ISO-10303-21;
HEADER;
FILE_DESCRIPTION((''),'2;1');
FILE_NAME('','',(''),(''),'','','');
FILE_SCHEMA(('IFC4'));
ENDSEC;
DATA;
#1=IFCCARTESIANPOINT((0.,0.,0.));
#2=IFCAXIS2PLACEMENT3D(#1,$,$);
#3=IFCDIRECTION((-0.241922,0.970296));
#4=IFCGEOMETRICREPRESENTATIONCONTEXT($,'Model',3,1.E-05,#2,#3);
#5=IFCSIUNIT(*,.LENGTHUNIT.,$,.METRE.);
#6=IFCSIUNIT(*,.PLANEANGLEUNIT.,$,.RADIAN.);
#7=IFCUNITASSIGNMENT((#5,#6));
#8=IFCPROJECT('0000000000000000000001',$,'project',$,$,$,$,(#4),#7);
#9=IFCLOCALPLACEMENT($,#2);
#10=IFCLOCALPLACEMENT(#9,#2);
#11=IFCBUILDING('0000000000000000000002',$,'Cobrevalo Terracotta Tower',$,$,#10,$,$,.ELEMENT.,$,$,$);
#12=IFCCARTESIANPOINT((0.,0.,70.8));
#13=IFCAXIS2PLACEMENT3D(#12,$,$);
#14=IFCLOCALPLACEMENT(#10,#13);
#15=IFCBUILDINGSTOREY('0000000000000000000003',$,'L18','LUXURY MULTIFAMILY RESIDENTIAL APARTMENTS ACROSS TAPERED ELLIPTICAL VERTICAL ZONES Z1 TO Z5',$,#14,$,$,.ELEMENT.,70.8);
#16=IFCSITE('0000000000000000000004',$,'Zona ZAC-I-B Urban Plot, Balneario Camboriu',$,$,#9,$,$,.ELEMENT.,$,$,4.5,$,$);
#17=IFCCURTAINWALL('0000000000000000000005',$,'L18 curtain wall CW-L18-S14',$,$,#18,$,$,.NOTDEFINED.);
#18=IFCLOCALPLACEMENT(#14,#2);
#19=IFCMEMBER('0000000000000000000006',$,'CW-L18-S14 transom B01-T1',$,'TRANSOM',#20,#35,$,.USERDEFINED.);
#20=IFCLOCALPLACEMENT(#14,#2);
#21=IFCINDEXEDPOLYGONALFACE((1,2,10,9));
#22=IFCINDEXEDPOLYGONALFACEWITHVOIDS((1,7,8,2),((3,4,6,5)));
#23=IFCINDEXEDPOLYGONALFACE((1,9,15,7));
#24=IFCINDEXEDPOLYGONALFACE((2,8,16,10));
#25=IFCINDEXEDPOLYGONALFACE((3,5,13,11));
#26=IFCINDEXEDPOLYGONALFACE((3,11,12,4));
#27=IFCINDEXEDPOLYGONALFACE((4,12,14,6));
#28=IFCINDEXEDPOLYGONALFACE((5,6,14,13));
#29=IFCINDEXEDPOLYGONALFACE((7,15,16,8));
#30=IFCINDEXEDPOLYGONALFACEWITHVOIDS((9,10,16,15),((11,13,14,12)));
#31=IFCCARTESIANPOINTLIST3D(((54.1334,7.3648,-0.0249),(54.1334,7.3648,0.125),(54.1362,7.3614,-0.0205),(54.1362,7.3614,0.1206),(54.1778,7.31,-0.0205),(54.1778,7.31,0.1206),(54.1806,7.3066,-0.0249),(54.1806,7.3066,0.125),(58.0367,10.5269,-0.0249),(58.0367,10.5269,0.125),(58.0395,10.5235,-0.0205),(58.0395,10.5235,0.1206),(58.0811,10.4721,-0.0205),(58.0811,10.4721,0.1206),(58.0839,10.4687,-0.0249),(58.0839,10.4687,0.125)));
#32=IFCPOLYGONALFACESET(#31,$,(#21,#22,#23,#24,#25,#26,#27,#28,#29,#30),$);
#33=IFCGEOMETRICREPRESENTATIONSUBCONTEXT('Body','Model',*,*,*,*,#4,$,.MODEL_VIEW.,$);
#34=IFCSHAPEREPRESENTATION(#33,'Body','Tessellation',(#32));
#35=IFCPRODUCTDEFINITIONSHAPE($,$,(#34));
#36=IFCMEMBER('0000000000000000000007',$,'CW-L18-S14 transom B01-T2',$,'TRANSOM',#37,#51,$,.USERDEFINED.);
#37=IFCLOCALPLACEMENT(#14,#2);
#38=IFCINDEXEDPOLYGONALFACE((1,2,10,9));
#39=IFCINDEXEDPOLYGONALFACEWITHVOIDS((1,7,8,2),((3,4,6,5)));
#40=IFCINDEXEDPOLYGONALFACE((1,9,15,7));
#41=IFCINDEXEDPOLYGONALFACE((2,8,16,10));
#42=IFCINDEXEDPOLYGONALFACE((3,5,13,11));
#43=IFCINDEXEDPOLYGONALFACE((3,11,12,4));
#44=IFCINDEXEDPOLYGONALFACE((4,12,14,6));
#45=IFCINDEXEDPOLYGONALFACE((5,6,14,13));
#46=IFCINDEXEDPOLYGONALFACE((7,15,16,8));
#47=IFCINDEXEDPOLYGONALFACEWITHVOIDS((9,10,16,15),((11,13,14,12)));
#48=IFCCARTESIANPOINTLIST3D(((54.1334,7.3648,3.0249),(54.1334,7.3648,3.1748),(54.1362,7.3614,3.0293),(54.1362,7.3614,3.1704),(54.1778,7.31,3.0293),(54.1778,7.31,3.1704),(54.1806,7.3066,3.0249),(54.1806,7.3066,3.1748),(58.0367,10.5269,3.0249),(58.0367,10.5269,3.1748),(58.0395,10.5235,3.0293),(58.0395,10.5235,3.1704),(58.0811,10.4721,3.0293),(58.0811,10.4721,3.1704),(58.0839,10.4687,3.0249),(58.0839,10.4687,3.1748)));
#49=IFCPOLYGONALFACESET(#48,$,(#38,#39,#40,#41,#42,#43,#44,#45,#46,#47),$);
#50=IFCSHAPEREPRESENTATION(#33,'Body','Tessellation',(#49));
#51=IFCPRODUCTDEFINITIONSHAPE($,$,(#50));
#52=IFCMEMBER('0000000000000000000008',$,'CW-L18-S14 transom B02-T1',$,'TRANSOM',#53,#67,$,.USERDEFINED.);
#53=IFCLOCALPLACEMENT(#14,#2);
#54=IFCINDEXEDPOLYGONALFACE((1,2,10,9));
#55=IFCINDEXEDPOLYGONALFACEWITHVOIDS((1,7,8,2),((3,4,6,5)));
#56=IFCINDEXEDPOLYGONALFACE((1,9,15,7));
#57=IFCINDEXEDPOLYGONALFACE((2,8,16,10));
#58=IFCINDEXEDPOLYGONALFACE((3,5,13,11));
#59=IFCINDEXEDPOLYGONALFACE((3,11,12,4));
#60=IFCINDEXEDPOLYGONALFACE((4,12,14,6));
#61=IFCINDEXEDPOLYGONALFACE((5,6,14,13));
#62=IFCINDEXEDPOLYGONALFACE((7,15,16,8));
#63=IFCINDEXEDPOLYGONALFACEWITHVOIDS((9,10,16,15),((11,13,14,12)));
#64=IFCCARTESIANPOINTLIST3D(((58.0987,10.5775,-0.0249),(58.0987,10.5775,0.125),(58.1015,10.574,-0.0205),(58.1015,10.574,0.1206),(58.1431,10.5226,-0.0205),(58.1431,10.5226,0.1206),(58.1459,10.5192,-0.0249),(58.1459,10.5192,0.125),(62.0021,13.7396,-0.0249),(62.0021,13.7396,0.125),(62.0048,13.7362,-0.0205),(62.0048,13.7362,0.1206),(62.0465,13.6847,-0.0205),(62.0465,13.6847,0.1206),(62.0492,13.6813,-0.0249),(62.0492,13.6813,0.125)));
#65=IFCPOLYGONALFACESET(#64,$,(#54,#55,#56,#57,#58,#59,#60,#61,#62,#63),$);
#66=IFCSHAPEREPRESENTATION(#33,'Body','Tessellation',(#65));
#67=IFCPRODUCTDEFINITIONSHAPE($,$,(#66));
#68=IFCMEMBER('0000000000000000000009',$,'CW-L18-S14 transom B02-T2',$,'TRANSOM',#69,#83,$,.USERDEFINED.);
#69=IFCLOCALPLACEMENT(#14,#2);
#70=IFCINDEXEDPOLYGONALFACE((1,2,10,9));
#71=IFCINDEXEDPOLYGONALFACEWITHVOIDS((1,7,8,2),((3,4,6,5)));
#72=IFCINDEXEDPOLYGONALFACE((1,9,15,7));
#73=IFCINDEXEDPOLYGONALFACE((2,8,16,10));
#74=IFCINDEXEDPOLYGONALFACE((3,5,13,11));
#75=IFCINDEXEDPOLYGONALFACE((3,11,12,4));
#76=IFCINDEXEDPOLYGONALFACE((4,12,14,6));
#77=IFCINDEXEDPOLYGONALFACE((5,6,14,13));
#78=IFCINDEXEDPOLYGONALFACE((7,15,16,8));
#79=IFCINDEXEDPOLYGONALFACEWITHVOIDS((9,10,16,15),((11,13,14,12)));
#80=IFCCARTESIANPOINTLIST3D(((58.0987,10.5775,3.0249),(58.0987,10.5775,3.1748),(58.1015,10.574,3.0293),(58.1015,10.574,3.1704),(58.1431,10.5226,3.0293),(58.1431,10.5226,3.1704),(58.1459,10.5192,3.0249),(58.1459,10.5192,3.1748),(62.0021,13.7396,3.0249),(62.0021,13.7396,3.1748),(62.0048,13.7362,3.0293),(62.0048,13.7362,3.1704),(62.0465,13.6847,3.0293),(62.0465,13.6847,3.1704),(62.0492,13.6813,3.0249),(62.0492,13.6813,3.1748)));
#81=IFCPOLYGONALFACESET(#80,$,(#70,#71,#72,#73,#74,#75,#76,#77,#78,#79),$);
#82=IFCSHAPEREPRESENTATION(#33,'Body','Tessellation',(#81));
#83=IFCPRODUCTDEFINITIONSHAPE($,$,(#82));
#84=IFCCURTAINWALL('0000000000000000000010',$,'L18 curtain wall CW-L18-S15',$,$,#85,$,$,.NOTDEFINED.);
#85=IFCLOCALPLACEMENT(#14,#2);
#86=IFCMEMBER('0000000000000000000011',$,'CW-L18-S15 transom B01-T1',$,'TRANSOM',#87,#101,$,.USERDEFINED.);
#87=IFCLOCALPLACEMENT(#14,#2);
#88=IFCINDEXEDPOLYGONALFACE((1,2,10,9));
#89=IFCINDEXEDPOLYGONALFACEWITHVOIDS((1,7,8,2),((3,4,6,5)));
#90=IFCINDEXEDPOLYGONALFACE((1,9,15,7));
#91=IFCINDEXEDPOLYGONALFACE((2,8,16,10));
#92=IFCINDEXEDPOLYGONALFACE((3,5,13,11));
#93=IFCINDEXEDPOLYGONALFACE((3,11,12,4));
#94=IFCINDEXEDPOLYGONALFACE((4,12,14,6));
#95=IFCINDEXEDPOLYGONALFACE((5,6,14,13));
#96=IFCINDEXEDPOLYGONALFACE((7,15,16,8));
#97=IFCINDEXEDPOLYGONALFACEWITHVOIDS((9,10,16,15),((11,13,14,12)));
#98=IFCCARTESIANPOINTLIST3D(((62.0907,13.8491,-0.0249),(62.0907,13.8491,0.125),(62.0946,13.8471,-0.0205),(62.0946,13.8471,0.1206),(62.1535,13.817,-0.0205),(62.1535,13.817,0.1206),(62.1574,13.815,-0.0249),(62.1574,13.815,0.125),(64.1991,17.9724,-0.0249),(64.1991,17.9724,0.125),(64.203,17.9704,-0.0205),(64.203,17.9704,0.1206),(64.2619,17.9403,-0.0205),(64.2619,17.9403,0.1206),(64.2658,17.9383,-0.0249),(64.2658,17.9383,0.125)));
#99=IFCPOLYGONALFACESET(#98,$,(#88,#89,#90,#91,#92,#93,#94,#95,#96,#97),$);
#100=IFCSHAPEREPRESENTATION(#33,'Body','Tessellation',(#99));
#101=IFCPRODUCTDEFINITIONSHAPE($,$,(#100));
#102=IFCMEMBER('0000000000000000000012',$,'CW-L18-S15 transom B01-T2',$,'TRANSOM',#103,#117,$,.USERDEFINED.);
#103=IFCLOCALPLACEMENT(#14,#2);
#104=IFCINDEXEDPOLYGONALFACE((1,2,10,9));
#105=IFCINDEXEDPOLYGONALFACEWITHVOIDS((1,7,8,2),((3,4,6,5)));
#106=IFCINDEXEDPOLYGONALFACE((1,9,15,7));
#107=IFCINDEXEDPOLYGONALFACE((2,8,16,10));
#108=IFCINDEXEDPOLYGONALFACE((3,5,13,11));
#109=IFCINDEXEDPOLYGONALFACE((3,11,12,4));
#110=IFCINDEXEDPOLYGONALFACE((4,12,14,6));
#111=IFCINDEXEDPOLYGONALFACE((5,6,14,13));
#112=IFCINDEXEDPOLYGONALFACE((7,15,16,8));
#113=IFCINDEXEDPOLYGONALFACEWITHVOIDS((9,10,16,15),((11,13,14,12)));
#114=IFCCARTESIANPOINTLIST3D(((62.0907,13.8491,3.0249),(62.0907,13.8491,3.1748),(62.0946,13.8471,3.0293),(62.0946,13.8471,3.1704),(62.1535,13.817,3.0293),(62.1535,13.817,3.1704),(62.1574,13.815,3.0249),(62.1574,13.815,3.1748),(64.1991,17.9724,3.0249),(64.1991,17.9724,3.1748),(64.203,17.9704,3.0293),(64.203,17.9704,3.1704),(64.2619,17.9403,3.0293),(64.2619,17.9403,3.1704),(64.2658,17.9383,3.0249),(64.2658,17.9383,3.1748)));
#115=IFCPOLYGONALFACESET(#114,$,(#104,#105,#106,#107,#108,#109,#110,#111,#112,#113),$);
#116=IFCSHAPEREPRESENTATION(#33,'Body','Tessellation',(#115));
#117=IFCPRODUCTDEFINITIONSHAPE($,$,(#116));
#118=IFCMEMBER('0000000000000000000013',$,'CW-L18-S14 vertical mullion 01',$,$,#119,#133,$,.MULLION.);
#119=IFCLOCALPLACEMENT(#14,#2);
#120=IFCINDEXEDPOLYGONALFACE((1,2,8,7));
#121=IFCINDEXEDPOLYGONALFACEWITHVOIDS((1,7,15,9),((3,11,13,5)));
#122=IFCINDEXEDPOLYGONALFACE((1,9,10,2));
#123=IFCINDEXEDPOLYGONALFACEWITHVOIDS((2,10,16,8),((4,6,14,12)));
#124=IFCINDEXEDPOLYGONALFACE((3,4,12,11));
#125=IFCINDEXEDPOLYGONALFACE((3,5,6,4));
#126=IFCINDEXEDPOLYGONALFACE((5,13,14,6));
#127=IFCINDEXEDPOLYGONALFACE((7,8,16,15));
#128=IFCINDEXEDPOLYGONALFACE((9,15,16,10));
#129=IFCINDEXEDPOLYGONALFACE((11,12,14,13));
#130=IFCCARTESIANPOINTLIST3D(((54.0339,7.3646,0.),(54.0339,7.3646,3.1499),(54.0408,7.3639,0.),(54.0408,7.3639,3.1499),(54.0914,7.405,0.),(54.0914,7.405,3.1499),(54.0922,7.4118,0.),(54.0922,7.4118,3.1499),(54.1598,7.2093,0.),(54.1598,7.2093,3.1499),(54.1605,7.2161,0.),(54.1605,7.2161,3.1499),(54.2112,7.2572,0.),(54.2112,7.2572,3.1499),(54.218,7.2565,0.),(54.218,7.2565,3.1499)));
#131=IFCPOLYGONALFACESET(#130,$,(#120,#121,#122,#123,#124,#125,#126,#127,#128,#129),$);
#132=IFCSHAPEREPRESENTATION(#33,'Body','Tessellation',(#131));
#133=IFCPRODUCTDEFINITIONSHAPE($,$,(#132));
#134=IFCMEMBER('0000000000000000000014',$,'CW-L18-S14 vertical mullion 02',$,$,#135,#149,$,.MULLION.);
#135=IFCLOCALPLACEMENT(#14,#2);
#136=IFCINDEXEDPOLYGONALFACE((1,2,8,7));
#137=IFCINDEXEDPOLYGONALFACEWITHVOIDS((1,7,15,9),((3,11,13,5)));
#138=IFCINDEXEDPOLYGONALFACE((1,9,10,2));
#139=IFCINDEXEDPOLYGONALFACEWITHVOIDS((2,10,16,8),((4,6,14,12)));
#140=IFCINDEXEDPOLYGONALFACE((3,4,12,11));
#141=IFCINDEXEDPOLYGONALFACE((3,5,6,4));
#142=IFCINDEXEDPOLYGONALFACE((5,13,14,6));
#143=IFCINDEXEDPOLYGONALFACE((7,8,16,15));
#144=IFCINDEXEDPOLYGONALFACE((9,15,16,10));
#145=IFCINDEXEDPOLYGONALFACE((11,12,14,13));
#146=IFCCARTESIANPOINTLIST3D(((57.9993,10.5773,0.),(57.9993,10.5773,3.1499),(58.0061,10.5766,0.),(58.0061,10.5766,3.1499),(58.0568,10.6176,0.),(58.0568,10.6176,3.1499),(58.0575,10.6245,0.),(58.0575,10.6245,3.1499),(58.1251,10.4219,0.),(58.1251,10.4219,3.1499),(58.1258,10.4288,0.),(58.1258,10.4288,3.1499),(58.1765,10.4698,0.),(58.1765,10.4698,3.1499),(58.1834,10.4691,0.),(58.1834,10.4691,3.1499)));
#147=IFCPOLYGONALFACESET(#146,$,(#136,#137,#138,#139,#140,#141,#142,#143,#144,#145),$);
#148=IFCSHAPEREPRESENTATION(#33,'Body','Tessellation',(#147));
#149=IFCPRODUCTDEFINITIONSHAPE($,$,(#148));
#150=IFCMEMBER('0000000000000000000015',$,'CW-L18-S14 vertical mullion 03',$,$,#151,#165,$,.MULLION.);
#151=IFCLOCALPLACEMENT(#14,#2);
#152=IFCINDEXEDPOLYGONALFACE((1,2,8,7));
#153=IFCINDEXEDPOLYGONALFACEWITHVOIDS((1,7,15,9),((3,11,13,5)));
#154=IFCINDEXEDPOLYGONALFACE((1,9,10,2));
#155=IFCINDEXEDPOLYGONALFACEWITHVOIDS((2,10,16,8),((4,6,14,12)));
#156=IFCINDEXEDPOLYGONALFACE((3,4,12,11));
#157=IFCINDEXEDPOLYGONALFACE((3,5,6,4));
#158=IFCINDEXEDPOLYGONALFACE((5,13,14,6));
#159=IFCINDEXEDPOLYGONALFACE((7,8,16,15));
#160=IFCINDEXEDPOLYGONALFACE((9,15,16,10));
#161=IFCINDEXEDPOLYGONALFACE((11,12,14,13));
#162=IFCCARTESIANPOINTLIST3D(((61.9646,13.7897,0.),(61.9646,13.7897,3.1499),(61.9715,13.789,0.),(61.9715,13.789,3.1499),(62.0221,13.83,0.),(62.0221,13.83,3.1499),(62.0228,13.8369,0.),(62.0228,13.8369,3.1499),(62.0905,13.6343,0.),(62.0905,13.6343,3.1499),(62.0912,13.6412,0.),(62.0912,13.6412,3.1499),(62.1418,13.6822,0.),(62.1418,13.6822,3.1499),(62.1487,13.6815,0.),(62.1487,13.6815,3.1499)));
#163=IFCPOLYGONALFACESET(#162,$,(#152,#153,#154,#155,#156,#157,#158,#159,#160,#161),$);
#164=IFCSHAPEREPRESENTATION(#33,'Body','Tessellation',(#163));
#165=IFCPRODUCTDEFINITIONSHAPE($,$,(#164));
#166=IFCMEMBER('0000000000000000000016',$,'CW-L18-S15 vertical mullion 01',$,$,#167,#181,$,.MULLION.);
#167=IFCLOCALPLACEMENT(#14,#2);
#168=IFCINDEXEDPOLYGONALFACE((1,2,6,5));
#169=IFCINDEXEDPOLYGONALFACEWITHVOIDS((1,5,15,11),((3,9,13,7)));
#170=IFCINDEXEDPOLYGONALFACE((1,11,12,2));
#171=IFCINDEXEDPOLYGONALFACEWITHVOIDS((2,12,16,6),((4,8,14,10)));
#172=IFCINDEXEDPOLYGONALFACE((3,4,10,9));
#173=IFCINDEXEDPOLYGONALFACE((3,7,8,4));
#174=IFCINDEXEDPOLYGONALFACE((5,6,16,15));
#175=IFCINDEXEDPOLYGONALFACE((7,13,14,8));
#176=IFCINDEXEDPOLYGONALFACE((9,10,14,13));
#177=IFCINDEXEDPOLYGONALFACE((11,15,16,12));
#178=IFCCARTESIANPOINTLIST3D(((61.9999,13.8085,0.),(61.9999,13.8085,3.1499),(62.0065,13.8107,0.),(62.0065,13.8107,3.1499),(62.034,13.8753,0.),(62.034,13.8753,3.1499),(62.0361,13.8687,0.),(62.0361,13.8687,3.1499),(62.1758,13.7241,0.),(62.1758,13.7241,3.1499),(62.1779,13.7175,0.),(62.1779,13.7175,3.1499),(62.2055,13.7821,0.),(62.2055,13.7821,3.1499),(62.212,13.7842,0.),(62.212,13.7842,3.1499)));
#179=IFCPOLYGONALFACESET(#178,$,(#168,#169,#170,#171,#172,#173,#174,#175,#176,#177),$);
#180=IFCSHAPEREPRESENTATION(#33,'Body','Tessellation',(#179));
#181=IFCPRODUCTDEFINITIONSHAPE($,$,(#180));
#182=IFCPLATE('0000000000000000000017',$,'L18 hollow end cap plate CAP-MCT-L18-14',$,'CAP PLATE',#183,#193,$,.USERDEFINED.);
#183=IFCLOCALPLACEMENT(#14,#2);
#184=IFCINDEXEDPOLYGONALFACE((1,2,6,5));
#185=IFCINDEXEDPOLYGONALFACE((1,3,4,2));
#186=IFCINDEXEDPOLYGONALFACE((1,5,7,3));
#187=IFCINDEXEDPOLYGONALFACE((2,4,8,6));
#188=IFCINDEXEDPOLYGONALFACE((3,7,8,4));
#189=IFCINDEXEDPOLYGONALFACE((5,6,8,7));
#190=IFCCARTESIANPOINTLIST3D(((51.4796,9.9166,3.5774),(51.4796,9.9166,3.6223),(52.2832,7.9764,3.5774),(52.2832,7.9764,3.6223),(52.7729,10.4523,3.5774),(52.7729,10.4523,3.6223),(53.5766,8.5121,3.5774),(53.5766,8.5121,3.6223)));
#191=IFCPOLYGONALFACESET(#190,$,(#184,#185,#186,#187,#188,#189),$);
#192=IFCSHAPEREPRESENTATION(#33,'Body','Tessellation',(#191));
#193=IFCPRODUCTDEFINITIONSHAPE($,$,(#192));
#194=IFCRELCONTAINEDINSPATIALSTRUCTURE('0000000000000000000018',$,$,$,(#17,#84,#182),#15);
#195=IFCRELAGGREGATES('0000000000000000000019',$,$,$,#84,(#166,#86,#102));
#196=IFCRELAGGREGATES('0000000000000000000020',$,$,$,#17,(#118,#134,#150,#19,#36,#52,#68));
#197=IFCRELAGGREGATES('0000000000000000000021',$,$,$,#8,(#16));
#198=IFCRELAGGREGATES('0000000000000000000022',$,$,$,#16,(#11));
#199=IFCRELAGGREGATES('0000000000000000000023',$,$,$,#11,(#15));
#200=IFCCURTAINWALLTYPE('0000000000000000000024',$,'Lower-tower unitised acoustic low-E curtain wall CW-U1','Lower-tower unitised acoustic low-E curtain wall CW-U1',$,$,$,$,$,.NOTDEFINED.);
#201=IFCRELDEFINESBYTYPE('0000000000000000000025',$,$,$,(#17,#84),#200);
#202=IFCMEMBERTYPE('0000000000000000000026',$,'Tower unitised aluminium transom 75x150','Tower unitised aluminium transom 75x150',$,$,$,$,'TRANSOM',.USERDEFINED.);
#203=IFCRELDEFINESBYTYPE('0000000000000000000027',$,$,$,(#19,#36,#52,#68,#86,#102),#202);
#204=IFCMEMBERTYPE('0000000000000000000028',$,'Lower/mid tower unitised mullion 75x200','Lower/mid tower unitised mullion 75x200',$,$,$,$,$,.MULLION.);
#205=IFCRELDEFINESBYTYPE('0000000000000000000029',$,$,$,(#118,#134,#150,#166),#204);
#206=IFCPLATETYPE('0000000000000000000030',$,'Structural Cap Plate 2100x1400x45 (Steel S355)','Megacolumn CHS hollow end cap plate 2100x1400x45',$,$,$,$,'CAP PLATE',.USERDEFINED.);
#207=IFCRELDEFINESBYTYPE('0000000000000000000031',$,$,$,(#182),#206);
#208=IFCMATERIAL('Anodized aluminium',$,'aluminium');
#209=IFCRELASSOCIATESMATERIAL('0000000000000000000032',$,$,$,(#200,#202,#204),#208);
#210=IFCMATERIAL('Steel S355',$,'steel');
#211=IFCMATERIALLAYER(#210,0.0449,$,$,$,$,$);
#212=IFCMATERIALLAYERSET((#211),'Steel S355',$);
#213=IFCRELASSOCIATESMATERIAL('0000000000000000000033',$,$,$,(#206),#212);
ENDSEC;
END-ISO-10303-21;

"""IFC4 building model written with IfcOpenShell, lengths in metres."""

from ifc_helpers import new_model, si_unit, direction, frame, origin, origin_2d, place, context, subcontext, project, spatial, rectangle, hollow_rectangle, extrude, source, transform, mapped, material, layer, layer_set, material_profile, profile_set, type_object, element, aggregate, save


model = new_model("IFC4")

# Units and contexts
model_context = context("Model", 3, precision=1e-05, world=origin(), true_north=direction((-0.241922, 0.970296)))
body_context = subcontext(model_context, "Body", "Model", "MODEL_VIEW")
ifc_project = project(units=[si_unit("LENGTHUNIT", "METRE"), si_unit("PLANEANGLEUNIT", "RADIAN")], contexts=[model_context])

# Site, building, storey
site_placement = place(None, origin())
site = spatial("IfcSite", under=ifc_project, at=site_placement, Name="Zona ZAC-I-B Urban Plot, Balneario Camboriu", CompositionType="ELEMENT", RefElevation=4.5)
building_placement = place(site_placement, origin())
building = spatial("IfcBuilding", under=site, at=building_placement, Name="Cobrevalo Terracotta Tower", CompositionType="ELEMENT")
storey_placement = place(building_placement, frame((0.0, 0.0, 70.8)))
storey = spatial("IfcBuildingStorey", under=building, at=storey_placement, Name="L18", Description="LUXURY MULTIFAMILY RESIDENTIAL APARTMENTS ACROSS TAPERED ELLIPTICAL VERTICAL ZONES Z1 TO Z5", CompositionType="ELEMENT", Elevation=70.8)

# Shared definitions
ifc_material_1 = material(Name="Steel S355", Category="steel")

# Curtain walls, members
ifc_material_2 = material(Name="Anodized aluminium", Category="aluminium")
curtain_wall_type = type_object("IfcCurtainWallType", Name="Lower-tower unitised acoustic low-E curtain wall CW-U1", Description="Lower-tower unitised acoustic low-E curtain wall CW-U1", PredefinedType="NOTDEFINED", material=ifc_material_2)
curtain_wall_1_placement = place(storey_placement, origin())
curtain_wall_1 = element("IfcCurtainWall", 1, at=curtain_wall_1_placement, inside=storey, type_object=curtain_wall_type, Name="L18 curtain wall CW-L18-S14", PredefinedType="NOTDEFINED")
ifc_material_profile_1 = material_profile(ifc_material_2, hollow_rectangle(XDim=0.075, YDim=0.1499, WallThickness=0.0044, at=origin_2d()), Name="CWT 75x150")
ifc_profile_set_1 = profile_set([ifc_material_profile_1], Name="Anodized aluminium")
member_type_1 = type_object("IfcMemberType", Name="Tower unitised aluminium transom 75x150", Description="Tower unitised aluminium transom 75x150", ElementType="TRANSOM", PredefinedType="USERDEFINED", material=ifc_profile_set_1)
shared_shape_1 = source(origin(), body_context, "Body", "SweptSolid", [
    extrude(hollow_rectangle(XDim=0.075, YDim=0.1499, WallThickness=0.0044, at=origin_2d()), origin(), (0.0, 0.0, 1.0), 5.0234),
])
member_1_placement = place(storey_placement, frame((54.157, 7.3357, 0.05), z_axis=(0.777023, 0.629472, 0.0), x_axis=(-0.629472, 0.777023, 0.0)))
member_1 = element("IfcMember", 2, at=member_1_placement, type_object=member_type_1, Name="CW-L18-S14 transom B01-T1", ObjectType="TRANSOM", PredefinedType="USERDEFINED", context=body_context, shape_type="MappedRepresentation", body=[
    mapped(shared_shape_1, transform((0.0, 0.0, 0.0), scale=1.0)),
])
member_2_placement = place(storey_placement, frame((54.157, 7.3357, 3.0999), z_axis=(0.777023, 0.629472, 0.0), x_axis=(-0.629472, 0.777023, 0.0)))
member_2 = element("IfcMember", 3, at=member_2_placement, type_object=member_type_1, Name="CW-L18-S14 transom B01-T2", ObjectType="TRANSOM", PredefinedType="USERDEFINED", context=body_context, shape_type="MappedRepresentation", body=[
    mapped(shared_shape_1, transform((0.0, 0.0, 0.0), scale=1.0)),
])
member_3_placement = place(storey_placement, frame((58.1223, 10.5483, 0.05), z_axis=(0.777023, 0.629472, 0.0), x_axis=(-0.629472, 0.777023, 0.0)))
member_3 = element("IfcMember", 4, at=member_3_placement, type_object=member_type_1, Name="CW-L18-S14 transom B02-T1", ObjectType="TRANSOM", PredefinedType="USERDEFINED", context=body_context, shape_type="MappedRepresentation", body=[
    mapped(shared_shape_1, transform((0.0, 0.0, 0.0), scale=1.0)),
])
member_4_placement = place(storey_placement, frame((58.1223, 10.5483, 3.0999), z_axis=(0.777023, 0.629472, 0.0), x_axis=(-0.629472, 0.777023, 0.0)))
member_4 = element("IfcMember", 5, at=member_4_placement, type_object=member_type_1, Name="CW-L18-S14 transom B02-T2", ObjectType="TRANSOM", PredefinedType="USERDEFINED", context=body_context, shape_type="MappedRepresentation", body=[
    mapped(shared_shape_1, transform((0.0, 0.0, 0.0), scale=1.0)),
])
curtain_wall_2_placement = place(storey_placement, origin())
curtain_wall_2 = element("IfcCurtainWall", 6, at=curtain_wall_2_placement, inside=storey, type_object=curtain_wall_type, Name="L18 curtain wall CW-L18-S15", PredefinedType="NOTDEFINED")
shared_shape_2 = source(origin(), body_context, "Body", "SweptSolid", [
    extrude(hollow_rectangle(XDim=0.075, YDim=0.1499, WallThickness=0.0044, at=origin_2d()), origin(), (0.0, 0.0, 1.0), 4.6311),
])
member_5_placement = place(storey_placement, frame((62.124, 13.832, 0.05), z_axis=(0.455272, 0.890353, 0.0), x_axis=(-0.890353, 0.455272, 0.0)))
member_5 = element("IfcMember", 7, at=member_5_placement, type_object=member_type_1, Name="CW-L18-S15 transom B01-T1", ObjectType="TRANSOM", PredefinedType="USERDEFINED", context=body_context, shape_type="MappedRepresentation", body=[
    mapped(shared_shape_2, transform((0.0, 0.0, 0.0), scale=1.0)),
])
member_6_placement = place(storey_placement, frame((62.124, 13.832, 3.0999), z_axis=(0.455272, 0.890353, 0.0), x_axis=(-0.890353, 0.455272, 0.0)))
member_6 = element("IfcMember", 8, at=member_6_placement, type_object=member_type_1, Name="CW-L18-S15 transom B01-T2", ObjectType="TRANSOM", PredefinedType="USERDEFINED", context=body_context, shape_type="MappedRepresentation", body=[
    mapped(shared_shape_2, transform((0.0, 0.0, 0.0), scale=1.0)),
])

# Members
ifc_material_profile_2 = material_profile(ifc_material_2, hollow_rectangle(XDim=0.075, YDim=0.2, WallThickness=0.0049, at=origin_2d()), Name="CWM 75x200")
ifc_profile_set_2 = profile_set([ifc_material_profile_2], Name="Anodized aluminium")
member_type_2 = type_object("IfcMemberType", Name="Lower/mid tower unitised mullion 75x200", Description="Lower/mid tower unitised mullion 75x200", PredefinedType="MULLION", material=ifc_profile_set_2)
shared_shape_3 = source(origin(), body_context, "Body", "SweptSolid", [
    extrude(hollow_rectangle(XDim=0.075, YDim=0.2, WallThickness=0.0049, at=origin_2d()), origin(), (0.0, 0.0, 1.0), 3.1499),
])
member_7_placement = place(storey_placement, frame((54.126, 7.3105, 0.0), z_axis=(0.0, 0.0, 1.0), x_axis=(0.777003, 0.629497, 0.0)))
member_7 = element("IfcMember", 9, at=member_7_placement, type_object=member_type_2, Name="CW-L18-S14 vertical mullion 01", PredefinedType="MULLION", context=body_context, shape_type="MappedRepresentation", body=[
    mapped(shared_shape_3, transform((0.0, 0.0, 0.0), scale=1.0)),
])
member_8_placement = place(storey_placement, frame((58.0913, 10.5232, 0.0), z_axis=(0.0, 0.0, 1.0), x_axis=(0.777003, 0.629497, 0.0)))
member_8 = element("IfcMember", 10, at=member_8_placement, type_object=member_type_2, Name="CW-L18-S14 vertical mullion 02", PredefinedType="MULLION", context=body_context, shape_type="MappedRepresentation", body=[
    mapped(shared_shape_3, transform((0.0, 0.0, 0.0), scale=1.0)),
])
member_9_placement = place(storey_placement, frame((62.0566, 13.7356, 0.0), z_axis=(0.0, 0.0, 1.0), x_axis=(0.777003, 0.629497, 0.0)))
member_9 = element("IfcMember", 11, at=member_9_placement, type_object=member_type_2, Name="CW-L18-S14 vertical mullion 03", PredefinedType="MULLION", context=body_context, shape_type="MappedRepresentation", body=[
    mapped(shared_shape_3, transform((0.0, 0.0, 0.0), scale=1.0)),
])
member_10_placement = place(storey_placement, frame((62.106, 13.7964, 0.0), z_axis=(0.0, 0.0, 1.0), x_axis=(0.455234, 0.890372, 0.0)))
member_10 = element("IfcMember", 12, at=member_10_placement, type_object=member_type_2, Name="CW-L18-S15 vertical mullion 01", PredefinedType="MULLION", context=body_context, shape_type="MappedRepresentation", body=[
    mapped(shared_shape_3, transform((0.0, 0.0, 0.0), scale=1.0)),
])
aggregate(curtain_wall_2, [member_10, member_5, member_6])

# Plate
ifc_layer_1 = layer(ifc_material_1, 0.0449)
ifc_layer_set_1 = layer_set([ifc_layer_1], Name="Steel S355")
plate_type_1 = type_object("IfcPlateType", Name="Structural Cap Plate 2100x1400x45 (Steel S355)", Description="Megacolumn CHS hollow end cap plate 2100x1400x45", ElementType="CAP PLATE", PredefinedType="USERDEFINED", material=ifc_layer_set_1)
shared_shape_4 = source(origin(), body_context, "Body", "SweptSolid", [
    extrude(rectangle(XDim=2.1001, YDim=1.3999, at=origin_2d()), origin(), (0.0, 0.0, 1.0), 0.0449),
])
plate_1_placement = place(storey_placement, frame((52.5281, 9.2144, 3.5774), z_axis=(0.0, 0.0, 1.0), x_axis=(0.382683, -0.92388, 0.0)))
element("IfcPlate", 13, at=plate_1_placement, inside=storey, type_object=plate_type_1, Name="L18 hollow end cap plate CAP-MCT-L18-14", ObjectType="CAP PLATE", PredefinedType="USERDEFINED", context=body_context, shape_type="MappedRepresentation", body=[
    mapped(shared_shape_4, transform((0.0, 0.0, 0.0), scale=1.0)),
])
aggregate(curtain_wall_1, [member_7, member_8, member_9, member_1, member_2, member_3, member_4])

save(model, "model.ifc")
